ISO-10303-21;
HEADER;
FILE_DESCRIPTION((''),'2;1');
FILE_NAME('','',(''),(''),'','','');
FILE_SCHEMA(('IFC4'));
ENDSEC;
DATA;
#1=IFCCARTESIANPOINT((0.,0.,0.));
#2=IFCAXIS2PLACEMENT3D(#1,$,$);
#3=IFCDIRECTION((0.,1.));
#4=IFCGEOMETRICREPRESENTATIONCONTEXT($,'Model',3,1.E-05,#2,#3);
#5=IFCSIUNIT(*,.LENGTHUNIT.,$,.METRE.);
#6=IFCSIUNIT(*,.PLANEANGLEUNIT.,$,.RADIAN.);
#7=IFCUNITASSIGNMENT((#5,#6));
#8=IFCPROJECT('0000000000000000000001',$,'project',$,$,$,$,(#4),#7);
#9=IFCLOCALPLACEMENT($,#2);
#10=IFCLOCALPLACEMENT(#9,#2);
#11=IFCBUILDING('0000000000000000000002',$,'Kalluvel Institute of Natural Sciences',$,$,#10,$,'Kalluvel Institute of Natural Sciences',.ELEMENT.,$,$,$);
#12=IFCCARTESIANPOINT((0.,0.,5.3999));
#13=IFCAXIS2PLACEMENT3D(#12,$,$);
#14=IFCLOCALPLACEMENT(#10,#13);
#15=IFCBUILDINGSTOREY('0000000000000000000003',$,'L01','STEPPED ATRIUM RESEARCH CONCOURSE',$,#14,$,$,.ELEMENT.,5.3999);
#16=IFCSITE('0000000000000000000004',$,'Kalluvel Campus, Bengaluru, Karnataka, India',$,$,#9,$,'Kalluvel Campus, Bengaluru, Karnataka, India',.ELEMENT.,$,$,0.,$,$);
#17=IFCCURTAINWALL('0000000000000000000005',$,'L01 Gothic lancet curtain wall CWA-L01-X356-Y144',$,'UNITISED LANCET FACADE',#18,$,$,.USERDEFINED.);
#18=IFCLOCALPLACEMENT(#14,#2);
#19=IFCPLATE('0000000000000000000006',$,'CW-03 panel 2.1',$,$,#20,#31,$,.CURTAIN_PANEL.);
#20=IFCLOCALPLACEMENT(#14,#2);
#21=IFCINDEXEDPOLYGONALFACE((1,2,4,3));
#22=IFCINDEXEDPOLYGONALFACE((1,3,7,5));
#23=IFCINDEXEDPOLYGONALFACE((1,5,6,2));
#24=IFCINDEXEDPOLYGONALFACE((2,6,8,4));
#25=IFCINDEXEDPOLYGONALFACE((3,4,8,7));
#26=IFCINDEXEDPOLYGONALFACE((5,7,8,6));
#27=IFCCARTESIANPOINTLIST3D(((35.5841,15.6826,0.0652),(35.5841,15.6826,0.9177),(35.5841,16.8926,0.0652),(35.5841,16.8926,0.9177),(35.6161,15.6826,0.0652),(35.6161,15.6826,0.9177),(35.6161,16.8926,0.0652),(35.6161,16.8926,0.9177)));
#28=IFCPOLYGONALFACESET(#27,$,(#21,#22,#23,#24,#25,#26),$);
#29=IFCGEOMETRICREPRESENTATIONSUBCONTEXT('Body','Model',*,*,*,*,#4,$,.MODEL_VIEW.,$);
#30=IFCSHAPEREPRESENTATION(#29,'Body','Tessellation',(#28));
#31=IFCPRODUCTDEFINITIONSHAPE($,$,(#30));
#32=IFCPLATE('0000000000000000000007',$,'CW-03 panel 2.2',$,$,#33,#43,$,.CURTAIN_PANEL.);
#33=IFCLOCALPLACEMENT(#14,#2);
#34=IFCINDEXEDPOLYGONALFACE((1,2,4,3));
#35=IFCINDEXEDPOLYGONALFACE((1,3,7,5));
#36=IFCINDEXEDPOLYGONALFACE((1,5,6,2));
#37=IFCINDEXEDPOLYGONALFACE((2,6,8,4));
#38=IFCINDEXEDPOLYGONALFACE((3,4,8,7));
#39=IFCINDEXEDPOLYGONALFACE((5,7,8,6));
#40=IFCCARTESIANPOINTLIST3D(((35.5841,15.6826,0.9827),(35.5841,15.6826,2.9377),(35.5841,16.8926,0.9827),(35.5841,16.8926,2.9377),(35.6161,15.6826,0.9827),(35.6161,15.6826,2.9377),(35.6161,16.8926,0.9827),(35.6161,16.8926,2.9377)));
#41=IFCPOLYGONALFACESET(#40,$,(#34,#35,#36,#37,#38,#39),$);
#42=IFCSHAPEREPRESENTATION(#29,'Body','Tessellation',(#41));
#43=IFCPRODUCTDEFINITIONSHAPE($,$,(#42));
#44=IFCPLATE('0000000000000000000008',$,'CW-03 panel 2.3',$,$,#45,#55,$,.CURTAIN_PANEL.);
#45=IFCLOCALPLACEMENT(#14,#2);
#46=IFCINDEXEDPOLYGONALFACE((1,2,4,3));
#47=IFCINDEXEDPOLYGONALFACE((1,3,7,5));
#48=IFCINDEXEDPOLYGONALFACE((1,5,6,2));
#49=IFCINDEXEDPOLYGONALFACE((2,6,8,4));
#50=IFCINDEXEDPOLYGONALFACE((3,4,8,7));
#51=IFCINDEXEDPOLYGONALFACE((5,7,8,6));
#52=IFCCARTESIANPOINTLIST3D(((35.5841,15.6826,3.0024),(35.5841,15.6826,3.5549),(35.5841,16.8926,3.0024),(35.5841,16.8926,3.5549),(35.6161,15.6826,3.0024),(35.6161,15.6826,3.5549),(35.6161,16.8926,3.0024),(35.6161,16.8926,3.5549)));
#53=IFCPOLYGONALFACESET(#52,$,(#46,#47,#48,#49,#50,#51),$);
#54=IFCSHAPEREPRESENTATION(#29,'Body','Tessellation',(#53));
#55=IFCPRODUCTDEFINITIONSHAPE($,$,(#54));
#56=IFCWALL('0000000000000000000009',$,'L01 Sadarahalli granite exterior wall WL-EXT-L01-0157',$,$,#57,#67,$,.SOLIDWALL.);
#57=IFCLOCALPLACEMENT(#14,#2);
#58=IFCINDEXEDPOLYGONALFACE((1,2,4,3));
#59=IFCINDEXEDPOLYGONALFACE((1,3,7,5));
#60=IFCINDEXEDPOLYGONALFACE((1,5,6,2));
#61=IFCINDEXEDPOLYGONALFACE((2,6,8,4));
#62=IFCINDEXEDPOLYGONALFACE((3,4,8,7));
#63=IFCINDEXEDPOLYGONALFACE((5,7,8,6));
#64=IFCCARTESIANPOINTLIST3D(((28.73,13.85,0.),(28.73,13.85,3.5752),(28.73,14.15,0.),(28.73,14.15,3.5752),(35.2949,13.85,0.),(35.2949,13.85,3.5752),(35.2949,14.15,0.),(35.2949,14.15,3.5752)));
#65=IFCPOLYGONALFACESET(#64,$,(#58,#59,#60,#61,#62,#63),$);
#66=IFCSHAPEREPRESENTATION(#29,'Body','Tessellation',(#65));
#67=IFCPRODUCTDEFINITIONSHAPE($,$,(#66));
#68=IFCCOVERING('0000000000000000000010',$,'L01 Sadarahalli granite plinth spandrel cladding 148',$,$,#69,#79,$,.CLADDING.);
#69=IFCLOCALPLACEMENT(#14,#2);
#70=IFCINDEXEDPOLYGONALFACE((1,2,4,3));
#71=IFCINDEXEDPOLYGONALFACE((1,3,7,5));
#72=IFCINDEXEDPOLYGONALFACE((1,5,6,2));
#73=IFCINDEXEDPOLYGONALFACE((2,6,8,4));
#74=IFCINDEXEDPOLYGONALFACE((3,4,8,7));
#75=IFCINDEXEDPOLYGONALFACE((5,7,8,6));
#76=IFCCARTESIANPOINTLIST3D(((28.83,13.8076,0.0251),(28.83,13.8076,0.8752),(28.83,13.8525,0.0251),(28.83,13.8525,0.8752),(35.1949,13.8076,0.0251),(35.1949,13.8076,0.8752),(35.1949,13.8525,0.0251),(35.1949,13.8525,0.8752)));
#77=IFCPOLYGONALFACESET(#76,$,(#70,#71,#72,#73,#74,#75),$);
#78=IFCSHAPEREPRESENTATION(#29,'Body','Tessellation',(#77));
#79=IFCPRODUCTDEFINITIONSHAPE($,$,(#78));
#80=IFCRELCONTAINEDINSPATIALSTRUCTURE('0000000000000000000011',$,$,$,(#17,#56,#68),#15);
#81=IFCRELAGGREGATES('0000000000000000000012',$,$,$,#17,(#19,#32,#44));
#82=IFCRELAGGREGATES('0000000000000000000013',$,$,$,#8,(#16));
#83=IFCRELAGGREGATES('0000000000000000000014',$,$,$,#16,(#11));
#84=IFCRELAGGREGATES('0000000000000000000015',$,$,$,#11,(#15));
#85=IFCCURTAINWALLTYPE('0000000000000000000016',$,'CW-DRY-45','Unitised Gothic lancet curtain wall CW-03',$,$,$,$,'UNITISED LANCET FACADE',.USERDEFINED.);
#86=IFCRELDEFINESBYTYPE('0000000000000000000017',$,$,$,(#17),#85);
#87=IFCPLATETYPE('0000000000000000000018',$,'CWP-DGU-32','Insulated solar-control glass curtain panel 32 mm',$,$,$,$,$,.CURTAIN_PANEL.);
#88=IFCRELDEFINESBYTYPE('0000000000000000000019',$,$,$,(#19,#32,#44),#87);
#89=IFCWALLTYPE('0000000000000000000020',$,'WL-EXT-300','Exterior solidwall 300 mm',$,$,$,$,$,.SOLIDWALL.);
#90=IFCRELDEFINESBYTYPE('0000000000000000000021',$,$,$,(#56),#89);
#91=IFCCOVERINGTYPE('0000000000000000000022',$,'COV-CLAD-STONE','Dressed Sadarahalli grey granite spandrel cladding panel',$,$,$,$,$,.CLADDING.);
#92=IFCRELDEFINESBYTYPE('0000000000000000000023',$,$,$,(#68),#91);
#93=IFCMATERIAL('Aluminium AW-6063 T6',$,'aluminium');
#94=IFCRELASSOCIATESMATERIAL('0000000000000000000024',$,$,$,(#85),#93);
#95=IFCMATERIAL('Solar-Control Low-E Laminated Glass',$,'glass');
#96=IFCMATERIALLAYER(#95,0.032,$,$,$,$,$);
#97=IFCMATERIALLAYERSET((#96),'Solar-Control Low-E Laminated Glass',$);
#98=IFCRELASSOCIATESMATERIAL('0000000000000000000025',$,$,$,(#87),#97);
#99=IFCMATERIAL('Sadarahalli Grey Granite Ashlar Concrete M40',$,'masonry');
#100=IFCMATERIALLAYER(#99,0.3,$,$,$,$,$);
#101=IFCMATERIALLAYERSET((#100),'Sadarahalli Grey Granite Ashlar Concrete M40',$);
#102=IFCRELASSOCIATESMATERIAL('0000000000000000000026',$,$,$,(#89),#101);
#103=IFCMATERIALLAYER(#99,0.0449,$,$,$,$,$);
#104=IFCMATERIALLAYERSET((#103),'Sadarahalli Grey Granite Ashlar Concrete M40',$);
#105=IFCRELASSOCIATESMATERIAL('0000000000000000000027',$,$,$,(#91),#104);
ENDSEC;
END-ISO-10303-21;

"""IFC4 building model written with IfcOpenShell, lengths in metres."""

from ifc_helpers import new_model, si_unit, direction, frame, frame_2d, origin, origin_2d, place, context, subcontext, project, spatial, rectangle, extrude, material, layer, layer_set, type_object, element, aggregate, save


model = new_model("IFC4")

# Units and contexts
model_context = context("Model", 3, precision=1e-05, world=origin(), true_north=direction((0.0, 1.0)))
body_context = subcontext(model_context, "Body", "Model", "MODEL_VIEW")
ifc_project = project(units=[si_unit("LENGTHUNIT", "METRE"), si_unit("PLANEANGLEUNIT", "RADIAN")], contexts=[model_context])

# Site, building, storey
site_placement = place(None, origin())
site = spatial("IfcSite", under=ifc_project, at=site_placement, Name="Kalluvel Campus, Bengaluru, Karnataka, India", LongName="Kalluvel Campus, Bengaluru, Karnataka, India", CompositionType="ELEMENT", RefElevation=0.0)
building_placement = place(site_placement, origin())
building = spatial("IfcBuilding", under=site, at=building_placement, Name="Kalluvel Institute of Natural Sciences", LongName="Kalluvel Institute of Natural Sciences", CompositionType="ELEMENT")
storey_placement = place(building_placement, frame((0.0, 0.0, 5.3999)))
storey = spatial("IfcBuildingStorey", under=building, at=storey_placement, Name="L01", Description="STEPPED ATRIUM RESEARCH CONCOURSE", CompositionType="ELEMENT", Elevation=5.3999)

# Curtain wall
ifc_material_1 = material(Name="Aluminium AW-6063 T6", Category="aluminium")
curtain_wall_type = type_object("IfcCurtainWallType", Name="CW-DRY-45", Description="Unitised Gothic lancet curtain wall CW-03", ElementType="UNITISED LANCET FACADE", PredefinedType="USERDEFINED", material=ifc_material_1)
curtain_wall_placement = place(storey_placement, origin())
curtain_wall = element("IfcCurtainWall", 1, at=curtain_wall_placement, inside=storey, type_object=curtain_wall_type, Name="L01 Gothic lancet curtain wall CWA-L01-X356-Y144", ObjectType="UNITISED LANCET FACADE", PredefinedType="USERDEFINED")

# Plates
ifc_material_2 = material(Name="Solar-Control Low-E Laminated Glass", Category="glass")
ifc_layer_1 = layer(ifc_material_2, 0.032)
ifc_layer_set_1 = layer_set([ifc_layer_1], Name="Solar-Control Low-E Laminated Glass")
plate_type = type_object("IfcPlateType", Name="CWP-DGU-32", Description="Insulated solar-control glass curtain panel 32 mm", PredefinedType="CURTAIN_PANEL", material=ifc_layer_set_1)
plate_1_placement = place(storey_placement, frame((35.6001, 16.2876, 0.0652), z_axis=(0.0, 0.0, 1.0), x_axis=(0.0, 1.0, 0.0)))
plate_1 = element("IfcPlate", 2, at=plate_1_placement, type_object=plate_type, Name="CW-03 panel 2.1", PredefinedType="CURTAIN_PANEL", context=body_context, shape_type="SweptSolid", body=[
    extrude(rectangle(XDim=1.21, YDim=0.032, at=origin_2d()), origin(), (0.0, 0.0, 1.0), 0.8525),
])
plate_2_placement = place(storey_placement, frame((35.6001, 16.2876, 0.9827), z_axis=(0.0, 0.0, 1.0), x_axis=(0.0, 1.0, 0.0)))
plate_2 = element("IfcPlate", 3, at=plate_2_placement, type_object=plate_type, Name="CW-03 panel 2.2", PredefinedType="CURTAIN_PANEL", context=body_context, shape_type="SweptSolid", body=[
    extrude(rectangle(XDim=1.21, YDim=0.032, at=origin_2d()), origin(), (0.0, 0.0, 1.0), 1.9551),
])
plate_3_placement = place(storey_placement, frame((35.6001, 16.2876, 3.0024), z_axis=(0.0, 0.0, 1.0), x_axis=(0.0, 1.0, 0.0)))
plate_3 = element("IfcPlate", 4, at=plate_3_placement, type_object=plate_type, Name="CW-03 panel 2.3", PredefinedType="CURTAIN_PANEL", context=body_context, shape_type="SweptSolid", body=[
    extrude(rectangle(XDim=1.21, YDim=0.032, at=origin_2d()), origin(), (0.0, 0.0, 1.0), 0.5525),
])
aggregate(curtain_wall, [plate_1, plate_2, plate_3])

# Wall
ifc_material_3 = material(Name="Sadarahalli Grey Granite Ashlar Concrete M40", Category="masonry")
ifc_layer_2 = layer(ifc_material_3, 0.3)
ifc_layer_set_2 = layer_set([ifc_layer_2], Name="Sadarahalli Grey Granite Ashlar Concrete M40")
wall_type = type_object("IfcWallType", Name="WL-EXT-300", Description="Exterior solidwall 300 mm", PredefinedType="SOLIDWALL", material=ifc_layer_set_2)
wall_placement = place(storey_placement, frame((28.73, 14.0, 0.0), z_axis=(0.0, 0.0, 1.0), x_axis=(1.0, 0.0, 0.0)))
element("IfcWall", 5, at=wall_placement, inside=storey, type_object=wall_type, Name="L01 Sadarahalli granite exterior wall WL-EXT-L01-0157", PredefinedType="SOLIDWALL", context=body_context, shape_type="SweptSolid", body=[
    extrude(rectangle(XDim=6.5649, YDim=0.3, at=frame_2d((3.2825, 0.0))), origin(), (0.0, 0.0, 1.0), 3.5752),
])

# Covering
ifc_layer_3 = layer(ifc_material_3, 0.0449)
ifc_layer_set_3 = layer_set([ifc_layer_3], Name="Sadarahalli Grey Granite Ashlar Concrete M40")
covering_type = type_object("IfcCoveringType", Name="COV-CLAD-STONE", Description="Dressed Sadarahalli grey granite spandrel cladding panel", PredefinedType="CLADDING", material=ifc_layer_set_3)
covering_placement = place(storey_placement, frame((32.0125, 13.8301, 0.0251), z_axis=(0.0, 0.0, 1.0), x_axis=(1.0, 0.0, 0.0)))
element("IfcCovering", 6, at=covering_placement, inside=storey, type_object=covering_type, Name="L01 Sadarahalli granite plinth spandrel cladding 148", PredefinedType="CLADDING", context=body_context, shape_type="SweptSolid", body=[
    extrude(rectangle(XDim=6.365, YDim=0.0449, at=origin_2d()), origin(), (0.0, 0.0, 1.0), 0.8501),
])

save(model, "model.ifc")
